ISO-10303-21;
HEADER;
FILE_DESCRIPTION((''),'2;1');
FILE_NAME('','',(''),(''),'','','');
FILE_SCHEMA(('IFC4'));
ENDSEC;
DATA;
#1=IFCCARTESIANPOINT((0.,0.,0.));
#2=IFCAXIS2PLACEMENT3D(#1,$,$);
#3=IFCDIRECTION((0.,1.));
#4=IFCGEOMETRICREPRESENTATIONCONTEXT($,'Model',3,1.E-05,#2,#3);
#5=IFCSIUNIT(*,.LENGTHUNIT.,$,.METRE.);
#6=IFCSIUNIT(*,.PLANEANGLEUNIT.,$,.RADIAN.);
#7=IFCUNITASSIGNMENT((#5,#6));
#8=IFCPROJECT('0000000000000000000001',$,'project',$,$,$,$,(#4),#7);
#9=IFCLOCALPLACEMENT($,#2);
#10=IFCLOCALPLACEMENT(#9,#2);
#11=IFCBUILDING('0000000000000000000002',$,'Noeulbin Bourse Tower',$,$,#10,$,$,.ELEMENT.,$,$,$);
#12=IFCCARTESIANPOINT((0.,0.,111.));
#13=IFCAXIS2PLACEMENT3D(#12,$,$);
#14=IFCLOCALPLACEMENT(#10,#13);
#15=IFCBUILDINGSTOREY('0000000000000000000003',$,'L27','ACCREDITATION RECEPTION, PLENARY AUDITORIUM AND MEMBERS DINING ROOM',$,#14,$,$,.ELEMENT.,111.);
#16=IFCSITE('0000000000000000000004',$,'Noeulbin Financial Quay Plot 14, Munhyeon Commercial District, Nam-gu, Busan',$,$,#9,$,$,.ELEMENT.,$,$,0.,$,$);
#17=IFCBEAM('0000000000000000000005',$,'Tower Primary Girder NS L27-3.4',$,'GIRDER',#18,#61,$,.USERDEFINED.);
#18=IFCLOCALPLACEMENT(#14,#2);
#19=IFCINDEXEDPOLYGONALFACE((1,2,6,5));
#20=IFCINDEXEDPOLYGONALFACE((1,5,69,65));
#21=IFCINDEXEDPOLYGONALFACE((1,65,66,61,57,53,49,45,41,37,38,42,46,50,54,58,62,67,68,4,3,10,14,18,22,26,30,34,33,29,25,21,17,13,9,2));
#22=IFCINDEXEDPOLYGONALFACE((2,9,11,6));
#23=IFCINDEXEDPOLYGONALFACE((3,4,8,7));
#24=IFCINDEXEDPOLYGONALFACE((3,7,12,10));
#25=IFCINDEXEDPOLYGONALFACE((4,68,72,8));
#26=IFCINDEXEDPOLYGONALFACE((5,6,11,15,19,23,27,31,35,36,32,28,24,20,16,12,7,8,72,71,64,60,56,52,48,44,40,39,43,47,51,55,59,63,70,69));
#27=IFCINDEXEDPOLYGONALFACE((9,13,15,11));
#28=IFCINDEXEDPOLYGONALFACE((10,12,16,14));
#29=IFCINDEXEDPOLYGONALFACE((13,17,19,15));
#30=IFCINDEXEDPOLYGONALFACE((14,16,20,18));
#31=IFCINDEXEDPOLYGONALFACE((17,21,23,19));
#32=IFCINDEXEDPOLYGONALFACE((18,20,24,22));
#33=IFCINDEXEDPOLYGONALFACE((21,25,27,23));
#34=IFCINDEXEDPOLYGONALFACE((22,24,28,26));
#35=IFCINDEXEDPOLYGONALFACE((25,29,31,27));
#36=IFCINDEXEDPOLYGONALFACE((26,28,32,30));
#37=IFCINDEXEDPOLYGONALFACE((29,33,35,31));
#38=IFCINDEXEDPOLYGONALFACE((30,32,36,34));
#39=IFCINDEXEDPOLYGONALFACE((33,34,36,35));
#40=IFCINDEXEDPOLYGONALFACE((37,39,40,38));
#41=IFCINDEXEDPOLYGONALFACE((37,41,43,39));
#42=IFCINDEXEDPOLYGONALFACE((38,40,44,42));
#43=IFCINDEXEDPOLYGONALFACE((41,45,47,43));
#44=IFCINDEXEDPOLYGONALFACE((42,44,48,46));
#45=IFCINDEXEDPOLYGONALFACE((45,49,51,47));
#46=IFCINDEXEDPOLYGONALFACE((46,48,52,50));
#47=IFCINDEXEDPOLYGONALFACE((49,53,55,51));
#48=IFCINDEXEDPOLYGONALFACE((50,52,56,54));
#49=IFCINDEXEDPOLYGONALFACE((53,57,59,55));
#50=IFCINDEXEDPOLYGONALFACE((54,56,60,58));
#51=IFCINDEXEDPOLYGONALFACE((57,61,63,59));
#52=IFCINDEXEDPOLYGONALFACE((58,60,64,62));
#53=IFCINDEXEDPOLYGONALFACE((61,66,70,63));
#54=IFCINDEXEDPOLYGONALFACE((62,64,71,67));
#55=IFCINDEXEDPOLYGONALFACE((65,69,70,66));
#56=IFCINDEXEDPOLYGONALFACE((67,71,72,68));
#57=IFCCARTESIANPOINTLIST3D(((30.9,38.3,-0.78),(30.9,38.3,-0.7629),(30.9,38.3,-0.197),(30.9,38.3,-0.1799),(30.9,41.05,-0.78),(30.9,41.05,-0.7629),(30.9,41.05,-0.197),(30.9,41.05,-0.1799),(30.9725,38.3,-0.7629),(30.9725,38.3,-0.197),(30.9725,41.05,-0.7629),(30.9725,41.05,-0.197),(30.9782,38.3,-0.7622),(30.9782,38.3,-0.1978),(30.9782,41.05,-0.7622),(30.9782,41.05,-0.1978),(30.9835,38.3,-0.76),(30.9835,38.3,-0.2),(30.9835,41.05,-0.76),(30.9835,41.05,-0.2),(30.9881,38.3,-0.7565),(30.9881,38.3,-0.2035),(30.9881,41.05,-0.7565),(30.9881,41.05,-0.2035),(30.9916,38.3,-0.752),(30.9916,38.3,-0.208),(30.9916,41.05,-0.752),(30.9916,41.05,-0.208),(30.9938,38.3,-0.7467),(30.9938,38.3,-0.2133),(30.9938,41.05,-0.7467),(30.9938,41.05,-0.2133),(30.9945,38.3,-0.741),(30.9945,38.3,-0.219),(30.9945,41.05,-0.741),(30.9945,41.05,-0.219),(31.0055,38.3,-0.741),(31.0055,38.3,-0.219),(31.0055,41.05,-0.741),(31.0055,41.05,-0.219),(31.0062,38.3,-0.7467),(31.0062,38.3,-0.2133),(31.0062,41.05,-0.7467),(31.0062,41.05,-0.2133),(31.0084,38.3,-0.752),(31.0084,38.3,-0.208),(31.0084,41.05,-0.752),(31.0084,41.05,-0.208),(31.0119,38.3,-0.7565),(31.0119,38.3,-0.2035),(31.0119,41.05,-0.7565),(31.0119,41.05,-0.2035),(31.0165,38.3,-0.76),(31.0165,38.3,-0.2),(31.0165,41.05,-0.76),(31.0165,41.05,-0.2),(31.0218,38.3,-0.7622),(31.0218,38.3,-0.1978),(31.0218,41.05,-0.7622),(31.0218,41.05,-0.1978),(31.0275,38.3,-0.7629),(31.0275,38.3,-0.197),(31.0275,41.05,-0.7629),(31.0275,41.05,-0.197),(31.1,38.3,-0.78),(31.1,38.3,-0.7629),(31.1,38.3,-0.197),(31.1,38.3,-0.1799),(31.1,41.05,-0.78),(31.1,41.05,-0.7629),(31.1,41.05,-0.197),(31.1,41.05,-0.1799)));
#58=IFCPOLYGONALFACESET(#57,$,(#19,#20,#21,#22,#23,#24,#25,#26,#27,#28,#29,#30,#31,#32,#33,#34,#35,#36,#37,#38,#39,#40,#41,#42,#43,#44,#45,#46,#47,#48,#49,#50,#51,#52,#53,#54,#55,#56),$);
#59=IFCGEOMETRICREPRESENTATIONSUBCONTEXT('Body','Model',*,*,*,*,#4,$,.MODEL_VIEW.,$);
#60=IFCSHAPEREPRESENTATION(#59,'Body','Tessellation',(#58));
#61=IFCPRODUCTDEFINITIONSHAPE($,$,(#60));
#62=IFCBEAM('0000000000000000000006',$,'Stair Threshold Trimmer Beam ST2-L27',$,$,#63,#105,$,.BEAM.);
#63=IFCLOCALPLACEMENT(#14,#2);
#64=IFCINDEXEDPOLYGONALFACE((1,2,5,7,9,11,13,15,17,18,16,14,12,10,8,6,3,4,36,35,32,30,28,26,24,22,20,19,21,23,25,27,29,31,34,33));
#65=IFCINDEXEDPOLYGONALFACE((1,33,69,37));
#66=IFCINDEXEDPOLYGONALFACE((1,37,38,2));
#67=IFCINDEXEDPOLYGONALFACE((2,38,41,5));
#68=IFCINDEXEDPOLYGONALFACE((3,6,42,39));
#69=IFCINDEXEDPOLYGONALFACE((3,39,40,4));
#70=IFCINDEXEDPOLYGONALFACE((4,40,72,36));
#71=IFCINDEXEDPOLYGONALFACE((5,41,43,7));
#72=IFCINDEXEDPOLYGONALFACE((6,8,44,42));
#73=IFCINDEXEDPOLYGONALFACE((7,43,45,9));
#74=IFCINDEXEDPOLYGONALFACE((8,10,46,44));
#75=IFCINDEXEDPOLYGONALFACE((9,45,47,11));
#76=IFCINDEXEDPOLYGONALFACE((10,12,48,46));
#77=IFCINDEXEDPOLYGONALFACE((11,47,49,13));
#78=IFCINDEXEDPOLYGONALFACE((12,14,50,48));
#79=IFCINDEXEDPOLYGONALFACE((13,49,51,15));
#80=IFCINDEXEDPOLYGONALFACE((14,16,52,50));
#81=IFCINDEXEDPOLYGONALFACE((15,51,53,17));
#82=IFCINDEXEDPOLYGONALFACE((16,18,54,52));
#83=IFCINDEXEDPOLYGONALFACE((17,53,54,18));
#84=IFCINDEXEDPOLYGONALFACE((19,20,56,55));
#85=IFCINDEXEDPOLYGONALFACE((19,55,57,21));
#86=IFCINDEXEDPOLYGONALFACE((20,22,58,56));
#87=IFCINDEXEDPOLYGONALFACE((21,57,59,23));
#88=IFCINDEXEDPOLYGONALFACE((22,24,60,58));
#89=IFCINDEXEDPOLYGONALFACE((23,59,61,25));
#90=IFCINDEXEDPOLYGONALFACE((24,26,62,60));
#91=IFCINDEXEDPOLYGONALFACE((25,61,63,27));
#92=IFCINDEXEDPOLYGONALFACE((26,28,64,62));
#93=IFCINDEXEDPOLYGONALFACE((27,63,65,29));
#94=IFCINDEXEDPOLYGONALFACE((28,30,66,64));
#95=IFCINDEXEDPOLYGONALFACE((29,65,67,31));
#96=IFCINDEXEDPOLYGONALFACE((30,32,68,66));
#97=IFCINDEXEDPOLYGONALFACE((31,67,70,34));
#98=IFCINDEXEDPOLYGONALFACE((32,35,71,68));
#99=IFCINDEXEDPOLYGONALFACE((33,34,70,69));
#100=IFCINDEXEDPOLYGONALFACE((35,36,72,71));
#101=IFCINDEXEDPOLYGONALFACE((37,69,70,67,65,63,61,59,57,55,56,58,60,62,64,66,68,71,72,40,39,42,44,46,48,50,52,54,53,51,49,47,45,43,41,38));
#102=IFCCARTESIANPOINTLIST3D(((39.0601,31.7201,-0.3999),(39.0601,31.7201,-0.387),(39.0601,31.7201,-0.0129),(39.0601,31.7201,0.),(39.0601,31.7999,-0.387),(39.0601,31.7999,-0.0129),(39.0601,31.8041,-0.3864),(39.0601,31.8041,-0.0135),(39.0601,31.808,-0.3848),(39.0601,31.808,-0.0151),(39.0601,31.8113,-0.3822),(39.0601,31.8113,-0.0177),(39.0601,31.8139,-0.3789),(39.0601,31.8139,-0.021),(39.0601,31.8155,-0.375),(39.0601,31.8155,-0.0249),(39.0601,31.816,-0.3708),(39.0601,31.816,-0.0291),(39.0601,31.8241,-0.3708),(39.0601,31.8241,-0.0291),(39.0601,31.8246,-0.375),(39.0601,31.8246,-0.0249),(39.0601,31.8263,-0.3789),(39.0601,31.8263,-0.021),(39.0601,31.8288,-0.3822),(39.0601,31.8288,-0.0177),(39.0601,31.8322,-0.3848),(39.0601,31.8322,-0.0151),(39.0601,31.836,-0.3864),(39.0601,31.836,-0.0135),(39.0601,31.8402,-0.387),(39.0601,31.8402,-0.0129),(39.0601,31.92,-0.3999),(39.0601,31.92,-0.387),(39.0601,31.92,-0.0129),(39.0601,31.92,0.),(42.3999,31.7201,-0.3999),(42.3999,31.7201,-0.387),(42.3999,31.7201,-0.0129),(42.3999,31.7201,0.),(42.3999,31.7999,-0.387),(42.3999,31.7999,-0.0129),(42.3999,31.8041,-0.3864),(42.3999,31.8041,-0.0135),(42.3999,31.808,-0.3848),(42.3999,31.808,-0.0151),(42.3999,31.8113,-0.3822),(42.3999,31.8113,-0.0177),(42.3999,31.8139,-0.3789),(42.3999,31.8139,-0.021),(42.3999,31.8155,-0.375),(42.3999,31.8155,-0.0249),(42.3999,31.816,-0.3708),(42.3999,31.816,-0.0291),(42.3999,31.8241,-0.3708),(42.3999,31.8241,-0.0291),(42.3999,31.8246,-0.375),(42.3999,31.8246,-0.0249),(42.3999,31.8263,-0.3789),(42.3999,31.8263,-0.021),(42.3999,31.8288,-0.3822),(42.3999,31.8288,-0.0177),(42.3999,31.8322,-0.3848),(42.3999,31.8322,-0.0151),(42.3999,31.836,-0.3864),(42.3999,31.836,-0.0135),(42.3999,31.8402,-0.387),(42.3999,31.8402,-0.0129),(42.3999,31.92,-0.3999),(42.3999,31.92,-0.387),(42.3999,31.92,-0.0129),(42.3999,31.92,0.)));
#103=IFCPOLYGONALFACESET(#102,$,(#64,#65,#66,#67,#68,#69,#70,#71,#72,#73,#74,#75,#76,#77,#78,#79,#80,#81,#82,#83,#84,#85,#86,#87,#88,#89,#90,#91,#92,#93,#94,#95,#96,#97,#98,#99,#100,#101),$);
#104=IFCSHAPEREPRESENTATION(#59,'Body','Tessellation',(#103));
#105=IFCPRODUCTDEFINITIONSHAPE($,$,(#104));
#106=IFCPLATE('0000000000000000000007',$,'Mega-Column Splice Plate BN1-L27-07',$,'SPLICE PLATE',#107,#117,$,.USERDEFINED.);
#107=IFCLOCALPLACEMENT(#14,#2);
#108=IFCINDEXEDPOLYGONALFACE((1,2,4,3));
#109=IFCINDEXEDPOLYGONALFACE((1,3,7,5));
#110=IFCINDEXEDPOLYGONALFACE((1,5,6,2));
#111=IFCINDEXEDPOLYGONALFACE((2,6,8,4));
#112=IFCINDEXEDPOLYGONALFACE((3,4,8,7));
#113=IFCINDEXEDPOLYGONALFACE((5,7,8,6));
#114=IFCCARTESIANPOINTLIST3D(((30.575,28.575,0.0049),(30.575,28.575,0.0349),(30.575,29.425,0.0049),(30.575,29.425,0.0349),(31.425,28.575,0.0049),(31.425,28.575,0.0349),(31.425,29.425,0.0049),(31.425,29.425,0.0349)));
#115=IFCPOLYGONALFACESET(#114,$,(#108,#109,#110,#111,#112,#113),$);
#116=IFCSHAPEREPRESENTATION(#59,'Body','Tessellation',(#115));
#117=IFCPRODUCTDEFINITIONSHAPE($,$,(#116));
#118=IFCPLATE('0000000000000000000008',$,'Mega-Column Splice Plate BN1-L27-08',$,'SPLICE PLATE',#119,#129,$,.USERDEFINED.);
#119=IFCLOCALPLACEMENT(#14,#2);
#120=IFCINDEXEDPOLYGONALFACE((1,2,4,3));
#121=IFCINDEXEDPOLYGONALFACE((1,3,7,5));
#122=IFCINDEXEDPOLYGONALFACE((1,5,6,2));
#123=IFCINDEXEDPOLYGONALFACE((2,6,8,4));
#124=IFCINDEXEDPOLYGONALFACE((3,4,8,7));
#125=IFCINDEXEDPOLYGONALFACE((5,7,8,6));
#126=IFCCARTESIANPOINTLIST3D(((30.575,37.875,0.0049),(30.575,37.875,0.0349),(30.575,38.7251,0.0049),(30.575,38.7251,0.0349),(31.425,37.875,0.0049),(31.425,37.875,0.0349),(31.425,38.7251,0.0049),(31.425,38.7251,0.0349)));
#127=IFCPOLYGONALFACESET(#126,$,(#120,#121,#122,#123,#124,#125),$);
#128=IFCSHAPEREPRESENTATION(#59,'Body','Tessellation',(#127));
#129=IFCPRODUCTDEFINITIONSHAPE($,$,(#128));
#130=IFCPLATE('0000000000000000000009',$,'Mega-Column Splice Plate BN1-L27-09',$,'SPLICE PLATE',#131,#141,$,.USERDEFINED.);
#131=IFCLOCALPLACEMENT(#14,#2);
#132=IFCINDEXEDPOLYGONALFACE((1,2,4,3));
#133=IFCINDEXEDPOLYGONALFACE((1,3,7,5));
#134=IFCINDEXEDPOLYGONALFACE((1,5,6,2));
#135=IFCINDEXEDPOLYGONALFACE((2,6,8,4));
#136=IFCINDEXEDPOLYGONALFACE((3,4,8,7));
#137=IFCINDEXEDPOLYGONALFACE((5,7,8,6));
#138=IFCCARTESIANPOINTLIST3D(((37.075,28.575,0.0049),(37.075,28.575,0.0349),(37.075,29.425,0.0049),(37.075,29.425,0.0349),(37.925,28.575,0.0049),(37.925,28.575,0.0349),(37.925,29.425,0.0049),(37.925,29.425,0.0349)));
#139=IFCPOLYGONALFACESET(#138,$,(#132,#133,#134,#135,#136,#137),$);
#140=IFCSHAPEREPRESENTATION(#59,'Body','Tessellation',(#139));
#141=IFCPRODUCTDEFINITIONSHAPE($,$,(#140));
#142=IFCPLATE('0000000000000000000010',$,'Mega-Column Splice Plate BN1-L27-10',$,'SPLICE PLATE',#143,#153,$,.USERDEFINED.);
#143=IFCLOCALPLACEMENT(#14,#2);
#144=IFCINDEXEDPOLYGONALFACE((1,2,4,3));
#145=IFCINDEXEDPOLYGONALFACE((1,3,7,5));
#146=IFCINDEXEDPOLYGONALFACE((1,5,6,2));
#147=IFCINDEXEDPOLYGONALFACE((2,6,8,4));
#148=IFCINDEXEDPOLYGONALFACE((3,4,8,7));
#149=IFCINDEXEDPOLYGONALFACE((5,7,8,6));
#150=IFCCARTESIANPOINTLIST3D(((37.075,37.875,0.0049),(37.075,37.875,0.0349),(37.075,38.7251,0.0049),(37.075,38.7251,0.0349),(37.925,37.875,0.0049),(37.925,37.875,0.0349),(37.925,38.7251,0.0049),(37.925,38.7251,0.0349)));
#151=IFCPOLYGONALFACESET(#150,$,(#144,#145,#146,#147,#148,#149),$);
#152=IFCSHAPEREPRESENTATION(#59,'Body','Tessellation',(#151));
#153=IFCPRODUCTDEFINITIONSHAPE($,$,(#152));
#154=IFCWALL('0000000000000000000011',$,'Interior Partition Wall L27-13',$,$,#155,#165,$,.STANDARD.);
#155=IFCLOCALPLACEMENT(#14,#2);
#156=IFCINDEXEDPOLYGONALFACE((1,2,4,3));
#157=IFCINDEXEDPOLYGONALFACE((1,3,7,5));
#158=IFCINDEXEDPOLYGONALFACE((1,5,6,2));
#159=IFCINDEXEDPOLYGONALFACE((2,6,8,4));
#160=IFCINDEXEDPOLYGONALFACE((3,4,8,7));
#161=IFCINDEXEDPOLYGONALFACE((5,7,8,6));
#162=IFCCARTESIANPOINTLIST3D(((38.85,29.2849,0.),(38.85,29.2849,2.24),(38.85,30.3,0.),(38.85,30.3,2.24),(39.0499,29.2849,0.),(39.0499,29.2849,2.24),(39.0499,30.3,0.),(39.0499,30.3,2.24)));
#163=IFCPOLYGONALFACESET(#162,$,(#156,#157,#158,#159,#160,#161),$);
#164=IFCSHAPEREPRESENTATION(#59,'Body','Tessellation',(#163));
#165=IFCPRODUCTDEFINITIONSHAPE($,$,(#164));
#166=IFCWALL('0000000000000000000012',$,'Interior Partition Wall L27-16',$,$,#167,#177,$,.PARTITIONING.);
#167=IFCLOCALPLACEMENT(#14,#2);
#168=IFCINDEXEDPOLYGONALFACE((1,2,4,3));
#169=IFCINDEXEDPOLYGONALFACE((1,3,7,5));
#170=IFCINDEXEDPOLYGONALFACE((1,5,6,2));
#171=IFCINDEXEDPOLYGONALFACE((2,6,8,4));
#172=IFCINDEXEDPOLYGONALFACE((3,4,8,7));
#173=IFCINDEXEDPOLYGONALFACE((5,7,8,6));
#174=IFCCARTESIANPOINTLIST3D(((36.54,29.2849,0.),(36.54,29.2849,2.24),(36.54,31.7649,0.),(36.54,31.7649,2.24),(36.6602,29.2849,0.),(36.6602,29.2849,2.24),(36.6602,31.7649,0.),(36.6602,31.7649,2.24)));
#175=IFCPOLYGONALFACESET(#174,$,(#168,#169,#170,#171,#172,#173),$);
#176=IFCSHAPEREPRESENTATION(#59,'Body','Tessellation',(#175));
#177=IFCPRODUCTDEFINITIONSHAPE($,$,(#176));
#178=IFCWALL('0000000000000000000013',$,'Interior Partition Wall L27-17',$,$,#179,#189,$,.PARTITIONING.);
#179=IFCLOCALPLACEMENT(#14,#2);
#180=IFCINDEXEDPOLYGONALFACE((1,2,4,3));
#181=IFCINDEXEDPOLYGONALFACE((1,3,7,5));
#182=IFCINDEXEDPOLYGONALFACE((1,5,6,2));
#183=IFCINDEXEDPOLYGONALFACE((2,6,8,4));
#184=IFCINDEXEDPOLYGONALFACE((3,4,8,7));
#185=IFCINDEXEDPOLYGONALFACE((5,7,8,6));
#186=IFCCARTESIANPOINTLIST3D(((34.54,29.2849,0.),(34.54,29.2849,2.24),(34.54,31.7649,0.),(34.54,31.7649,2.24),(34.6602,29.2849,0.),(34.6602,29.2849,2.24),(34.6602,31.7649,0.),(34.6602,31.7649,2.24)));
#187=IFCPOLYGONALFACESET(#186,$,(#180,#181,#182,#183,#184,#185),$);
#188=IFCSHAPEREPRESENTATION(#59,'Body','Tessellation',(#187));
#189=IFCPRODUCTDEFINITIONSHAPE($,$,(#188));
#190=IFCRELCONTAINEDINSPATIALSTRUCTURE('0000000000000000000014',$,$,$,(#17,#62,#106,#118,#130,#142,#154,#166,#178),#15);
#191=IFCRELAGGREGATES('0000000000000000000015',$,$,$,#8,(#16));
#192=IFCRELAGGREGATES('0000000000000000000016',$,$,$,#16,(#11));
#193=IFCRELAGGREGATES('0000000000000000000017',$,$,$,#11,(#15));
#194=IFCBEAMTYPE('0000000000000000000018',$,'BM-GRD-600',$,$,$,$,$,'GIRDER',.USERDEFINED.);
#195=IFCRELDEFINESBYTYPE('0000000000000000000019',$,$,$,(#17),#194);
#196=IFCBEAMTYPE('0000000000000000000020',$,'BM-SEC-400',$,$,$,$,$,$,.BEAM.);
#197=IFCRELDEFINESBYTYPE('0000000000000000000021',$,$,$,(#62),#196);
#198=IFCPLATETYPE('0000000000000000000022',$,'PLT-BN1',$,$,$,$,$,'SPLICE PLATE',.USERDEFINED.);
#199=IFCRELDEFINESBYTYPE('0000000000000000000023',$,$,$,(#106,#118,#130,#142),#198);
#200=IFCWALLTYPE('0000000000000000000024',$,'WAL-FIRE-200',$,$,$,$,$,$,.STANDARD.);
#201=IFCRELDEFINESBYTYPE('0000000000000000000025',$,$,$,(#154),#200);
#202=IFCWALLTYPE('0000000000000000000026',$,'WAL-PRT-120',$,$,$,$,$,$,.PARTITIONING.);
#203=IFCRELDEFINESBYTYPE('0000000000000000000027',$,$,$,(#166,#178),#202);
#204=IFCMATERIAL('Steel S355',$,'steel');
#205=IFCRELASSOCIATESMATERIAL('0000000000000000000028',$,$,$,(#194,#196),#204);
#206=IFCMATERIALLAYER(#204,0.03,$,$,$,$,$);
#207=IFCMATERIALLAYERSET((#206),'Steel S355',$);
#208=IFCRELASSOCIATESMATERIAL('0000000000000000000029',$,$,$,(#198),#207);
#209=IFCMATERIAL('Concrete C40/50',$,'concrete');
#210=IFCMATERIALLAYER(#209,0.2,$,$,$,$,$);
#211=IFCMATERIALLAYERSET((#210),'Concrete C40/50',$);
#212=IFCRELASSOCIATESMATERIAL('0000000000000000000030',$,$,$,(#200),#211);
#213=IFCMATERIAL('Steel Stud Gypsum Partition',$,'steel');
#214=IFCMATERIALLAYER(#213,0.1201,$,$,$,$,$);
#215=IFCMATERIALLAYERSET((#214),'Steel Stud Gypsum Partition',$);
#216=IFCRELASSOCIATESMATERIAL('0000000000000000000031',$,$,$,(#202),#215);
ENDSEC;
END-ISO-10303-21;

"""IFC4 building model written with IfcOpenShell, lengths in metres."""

from ifc_helpers import new_model, si_unit, direction, frame, frame_2d, origin, origin_2d, place, context, subcontext, project, spatial, rectangle, i_section, extrude, material, layer, layer_set, material_profile, profile_set, type_object, element, save


model = new_model("IFC4")

# Units and contexts
model_context = context("Model", 3, precision=1e-05, world=origin(), true_north=direction((0.0, 1.0)))
body_context = subcontext(model_context, "Body", "Model", "MODEL_VIEW")
ifc_project = project(units=[si_unit("LENGTHUNIT", "METRE"), si_unit("PLANEANGLEUNIT", "RADIAN")], contexts=[model_context])

# Site, building, storey
site_placement = place(None, origin())
site = spatial("IfcSite", under=ifc_project, at=site_placement, Name="Noeulbin Financial Quay Plot 14, Munhyeon Commercial District, Nam-gu, Busan", CompositionType="ELEMENT", RefElevation=0.0)
building_placement = place(site_placement, origin())
building = spatial("IfcBuilding", under=site, at=building_placement, Name="Noeulbin Bourse Tower", CompositionType="ELEMENT")
storey_placement = place(building_placement, frame((0.0, 0.0, 111.0)))
storey = spatial("IfcBuildingStorey", under=building, at=storey_placement, Name="L27", Description="ACCREDITATION RECEPTION, PLENARY AUDITORIUM AND MEMBERS DINING ROOM", CompositionType="ELEMENT", Elevation=111.0)

# Beams
ifc_material_1 = material(Name="Steel S355", Category="steel")
ifc_material_profile_1 = material_profile(ifc_material_1, i_section(OverallWidth=0.2, OverallDepth=0.6001, WebThickness=0.011, FlangeThickness=0.0171, FilletRadius=0.022, at=origin_2d()), Name="H-600x200x11x17", Category="LoadBearing")
ifc_profile_set_1 = profile_set([ifc_material_profile_1], Name="Steel S355")
beam_type_1 = type_object("IfcBeamType", Name="BM-GRD-600", ElementType="GIRDER", PredefinedType="USERDEFINED", material=ifc_profile_set_1)
beam_1_placement = place(storey_placement, frame((31.0, 38.3, -0.48), z_axis=(0.0, 1.0, 0.0), x_axis=(-1.0, 0.0, 0.0)))
element("IfcBeam", 1, at=beam_1_placement, inside=storey, type_object=beam_type_1, Name="Tower Primary Girder NS L27-3.4", ObjectType="GIRDER", PredefinedType="USERDEFINED", context=body_context, shape_type="SweptSolid", body=[
    extrude(i_section(OverallWidth=0.2, OverallDepth=0.6001, WebThickness=0.011, FlangeThickness=0.0171, FilletRadius=0.022, at=origin_2d()), origin(), (0.0, 0.0, 1.0), 2.75),
])
ifc_material_profile_2 = material_profile(ifc_material_1, i_section(OverallWidth=0.2, OverallDepth=0.3999, WebThickness=0.0081, FlangeThickness=0.0129, FilletRadius=0.0161, at=origin_2d()), Name="H-400x200x8x13", Category="LoadBearing")
ifc_profile_set_2 = profile_set([ifc_material_profile_2], Name="Steel S355")
beam_type_2 = type_object("IfcBeamType", Name="BM-SEC-400", PredefinedType="BEAM", material=ifc_profile_set_2)
beam_2_placement = place(storey_placement, frame((39.0601, 31.8201, -0.2), z_axis=(1.0, 0.0, 0.0), x_axis=(0.0, 1.0, 0.0)))
element("IfcBeam", 2, at=beam_2_placement, inside=storey, type_object=beam_type_2, Name="Stair Threshold Trimmer Beam ST2-L27", PredefinedType="BEAM", context=body_context, shape_type="SweptSolid", body=[
    extrude(i_section(OverallWidth=0.2, OverallDepth=0.3999, WebThickness=0.0081, FlangeThickness=0.0129, FilletRadius=0.0161, at=origin_2d()), origin(), (0.0, 0.0, 1.0), 3.3398),
])

# Plates
ifc_layer_1 = layer(ifc_material_1, 0.03)
ifc_layer_set_1 = layer_set([ifc_layer_1], Name="Steel S355")
plate_type = type_object("IfcPlateType", Name="PLT-BN1", ElementType="SPLICE PLATE", PredefinedType="USERDEFINED", material=ifc_layer_set_1)
for number, where, z_axis, x_axis, name in (
    (3, (31.0, 29.0, 0.0049), (0.0, 0.0, 1.0), (1.0, 0.0, 0.0), "Mega-Column Splice Plate BN1-L27-07"),
    (4, (31.0, 38.3, 0.0049), (0.0, 0.0, 1.0), (1.0, 0.0, 0.0), "Mega-Column Splice Plate BN1-L27-08"),
    (5, (37.5, 29.0, 0.0049), (0.0, 0.0, 1.0), (1.0, 0.0, 0.0), "Mega-Column Splice Plate BN1-L27-09"),
    (6, (37.5, 38.3, 0.0049), (0.0, 0.0, 1.0), (1.0, 0.0, 0.0), "Mega-Column Splice Plate BN1-L27-10"),
):
    element("IfcPlate", number, at=place(storey_placement, frame(where, z_axis=z_axis, x_axis=x_axis)), inside=storey, type_object=plate_type, Name=name, ObjectType="SPLICE PLATE", PredefinedType="USERDEFINED", context=body_context, shape_type="SweptSolid", body=[
        extrude(rectangle(XDim=0.8501, YDim=0.8501, at=origin_2d()), origin(), (0.0, 0.0, 1.0), 0.03),
    ])

# Walls
ifc_material_2 = material(Name="Concrete C40/50", Category="concrete")
ifc_layer_2 = layer(ifc_material_2, 0.2)
ifc_layer_set_2 = layer_set([ifc_layer_2], Name="Concrete C40/50")
wall_type_1 = type_object("IfcWallType", Name="WAL-FIRE-200", PredefinedType="STANDARD", material=ifc_layer_set_2)
wall_1_placement = place(storey_placement, frame((38.95, 29.2849, 0.0), z_axis=(0.0, 0.0, 1.0), x_axis=(0.0, 1.0, 0.0)))
element("IfcWall", 7, at=wall_1_placement, inside=storey, type_object=wall_type_1, Name="Interior Partition Wall L27-13", PredefinedType="STANDARD", context=body_context, shape_type="SweptSolid", body=[
    extrude(rectangle(XDim=1.0151, YDim=0.2, at=frame_2d((0.5076, 0.0))), origin(), (0.0, 0.0, 1.0), 2.24),
])
ifc_material_3 = material(Name="Steel Stud Gypsum Partition", Category="steel")
ifc_layer_3 = layer(ifc_material_3, 0.1201)
ifc_layer_set_3 = layer_set([ifc_layer_3], Name="Steel Stud Gypsum Partition")
wall_type_2 = type_object("IfcWallType", Name="WAL-PRT-120", PredefinedType="PARTITIONING", material=ifc_layer_set_3)
for number, where, z_axis, x_axis, name in (
    (8, (36.6001, 29.2849, 0.0), (0.0, 0.0, 1.0), (0.0, 1.0, 0.0), "Interior Partition Wall L27-16"),
    (9, (34.6001, 29.2849, 0.0), (0.0, 0.0, 1.0), (0.0, 1.0, 0.0), "Interior Partition Wall L27-17"),
):
    element("IfcWall", number, at=place(storey_placement, frame(where, z_axis=z_axis, x_axis=x_axis)), inside=storey, type_object=wall_type_2, Name=name, PredefinedType="PARTITIONING", context=body_context, shape_type="SweptSolid", body=[
        extrude(rectangle(XDim=2.48, YDim=0.1201, at=frame_2d((1.24, 0.0))), origin(), (0.0, 0.0, 1.0), 2.24),
    ])

save(model, "model.ifc")
